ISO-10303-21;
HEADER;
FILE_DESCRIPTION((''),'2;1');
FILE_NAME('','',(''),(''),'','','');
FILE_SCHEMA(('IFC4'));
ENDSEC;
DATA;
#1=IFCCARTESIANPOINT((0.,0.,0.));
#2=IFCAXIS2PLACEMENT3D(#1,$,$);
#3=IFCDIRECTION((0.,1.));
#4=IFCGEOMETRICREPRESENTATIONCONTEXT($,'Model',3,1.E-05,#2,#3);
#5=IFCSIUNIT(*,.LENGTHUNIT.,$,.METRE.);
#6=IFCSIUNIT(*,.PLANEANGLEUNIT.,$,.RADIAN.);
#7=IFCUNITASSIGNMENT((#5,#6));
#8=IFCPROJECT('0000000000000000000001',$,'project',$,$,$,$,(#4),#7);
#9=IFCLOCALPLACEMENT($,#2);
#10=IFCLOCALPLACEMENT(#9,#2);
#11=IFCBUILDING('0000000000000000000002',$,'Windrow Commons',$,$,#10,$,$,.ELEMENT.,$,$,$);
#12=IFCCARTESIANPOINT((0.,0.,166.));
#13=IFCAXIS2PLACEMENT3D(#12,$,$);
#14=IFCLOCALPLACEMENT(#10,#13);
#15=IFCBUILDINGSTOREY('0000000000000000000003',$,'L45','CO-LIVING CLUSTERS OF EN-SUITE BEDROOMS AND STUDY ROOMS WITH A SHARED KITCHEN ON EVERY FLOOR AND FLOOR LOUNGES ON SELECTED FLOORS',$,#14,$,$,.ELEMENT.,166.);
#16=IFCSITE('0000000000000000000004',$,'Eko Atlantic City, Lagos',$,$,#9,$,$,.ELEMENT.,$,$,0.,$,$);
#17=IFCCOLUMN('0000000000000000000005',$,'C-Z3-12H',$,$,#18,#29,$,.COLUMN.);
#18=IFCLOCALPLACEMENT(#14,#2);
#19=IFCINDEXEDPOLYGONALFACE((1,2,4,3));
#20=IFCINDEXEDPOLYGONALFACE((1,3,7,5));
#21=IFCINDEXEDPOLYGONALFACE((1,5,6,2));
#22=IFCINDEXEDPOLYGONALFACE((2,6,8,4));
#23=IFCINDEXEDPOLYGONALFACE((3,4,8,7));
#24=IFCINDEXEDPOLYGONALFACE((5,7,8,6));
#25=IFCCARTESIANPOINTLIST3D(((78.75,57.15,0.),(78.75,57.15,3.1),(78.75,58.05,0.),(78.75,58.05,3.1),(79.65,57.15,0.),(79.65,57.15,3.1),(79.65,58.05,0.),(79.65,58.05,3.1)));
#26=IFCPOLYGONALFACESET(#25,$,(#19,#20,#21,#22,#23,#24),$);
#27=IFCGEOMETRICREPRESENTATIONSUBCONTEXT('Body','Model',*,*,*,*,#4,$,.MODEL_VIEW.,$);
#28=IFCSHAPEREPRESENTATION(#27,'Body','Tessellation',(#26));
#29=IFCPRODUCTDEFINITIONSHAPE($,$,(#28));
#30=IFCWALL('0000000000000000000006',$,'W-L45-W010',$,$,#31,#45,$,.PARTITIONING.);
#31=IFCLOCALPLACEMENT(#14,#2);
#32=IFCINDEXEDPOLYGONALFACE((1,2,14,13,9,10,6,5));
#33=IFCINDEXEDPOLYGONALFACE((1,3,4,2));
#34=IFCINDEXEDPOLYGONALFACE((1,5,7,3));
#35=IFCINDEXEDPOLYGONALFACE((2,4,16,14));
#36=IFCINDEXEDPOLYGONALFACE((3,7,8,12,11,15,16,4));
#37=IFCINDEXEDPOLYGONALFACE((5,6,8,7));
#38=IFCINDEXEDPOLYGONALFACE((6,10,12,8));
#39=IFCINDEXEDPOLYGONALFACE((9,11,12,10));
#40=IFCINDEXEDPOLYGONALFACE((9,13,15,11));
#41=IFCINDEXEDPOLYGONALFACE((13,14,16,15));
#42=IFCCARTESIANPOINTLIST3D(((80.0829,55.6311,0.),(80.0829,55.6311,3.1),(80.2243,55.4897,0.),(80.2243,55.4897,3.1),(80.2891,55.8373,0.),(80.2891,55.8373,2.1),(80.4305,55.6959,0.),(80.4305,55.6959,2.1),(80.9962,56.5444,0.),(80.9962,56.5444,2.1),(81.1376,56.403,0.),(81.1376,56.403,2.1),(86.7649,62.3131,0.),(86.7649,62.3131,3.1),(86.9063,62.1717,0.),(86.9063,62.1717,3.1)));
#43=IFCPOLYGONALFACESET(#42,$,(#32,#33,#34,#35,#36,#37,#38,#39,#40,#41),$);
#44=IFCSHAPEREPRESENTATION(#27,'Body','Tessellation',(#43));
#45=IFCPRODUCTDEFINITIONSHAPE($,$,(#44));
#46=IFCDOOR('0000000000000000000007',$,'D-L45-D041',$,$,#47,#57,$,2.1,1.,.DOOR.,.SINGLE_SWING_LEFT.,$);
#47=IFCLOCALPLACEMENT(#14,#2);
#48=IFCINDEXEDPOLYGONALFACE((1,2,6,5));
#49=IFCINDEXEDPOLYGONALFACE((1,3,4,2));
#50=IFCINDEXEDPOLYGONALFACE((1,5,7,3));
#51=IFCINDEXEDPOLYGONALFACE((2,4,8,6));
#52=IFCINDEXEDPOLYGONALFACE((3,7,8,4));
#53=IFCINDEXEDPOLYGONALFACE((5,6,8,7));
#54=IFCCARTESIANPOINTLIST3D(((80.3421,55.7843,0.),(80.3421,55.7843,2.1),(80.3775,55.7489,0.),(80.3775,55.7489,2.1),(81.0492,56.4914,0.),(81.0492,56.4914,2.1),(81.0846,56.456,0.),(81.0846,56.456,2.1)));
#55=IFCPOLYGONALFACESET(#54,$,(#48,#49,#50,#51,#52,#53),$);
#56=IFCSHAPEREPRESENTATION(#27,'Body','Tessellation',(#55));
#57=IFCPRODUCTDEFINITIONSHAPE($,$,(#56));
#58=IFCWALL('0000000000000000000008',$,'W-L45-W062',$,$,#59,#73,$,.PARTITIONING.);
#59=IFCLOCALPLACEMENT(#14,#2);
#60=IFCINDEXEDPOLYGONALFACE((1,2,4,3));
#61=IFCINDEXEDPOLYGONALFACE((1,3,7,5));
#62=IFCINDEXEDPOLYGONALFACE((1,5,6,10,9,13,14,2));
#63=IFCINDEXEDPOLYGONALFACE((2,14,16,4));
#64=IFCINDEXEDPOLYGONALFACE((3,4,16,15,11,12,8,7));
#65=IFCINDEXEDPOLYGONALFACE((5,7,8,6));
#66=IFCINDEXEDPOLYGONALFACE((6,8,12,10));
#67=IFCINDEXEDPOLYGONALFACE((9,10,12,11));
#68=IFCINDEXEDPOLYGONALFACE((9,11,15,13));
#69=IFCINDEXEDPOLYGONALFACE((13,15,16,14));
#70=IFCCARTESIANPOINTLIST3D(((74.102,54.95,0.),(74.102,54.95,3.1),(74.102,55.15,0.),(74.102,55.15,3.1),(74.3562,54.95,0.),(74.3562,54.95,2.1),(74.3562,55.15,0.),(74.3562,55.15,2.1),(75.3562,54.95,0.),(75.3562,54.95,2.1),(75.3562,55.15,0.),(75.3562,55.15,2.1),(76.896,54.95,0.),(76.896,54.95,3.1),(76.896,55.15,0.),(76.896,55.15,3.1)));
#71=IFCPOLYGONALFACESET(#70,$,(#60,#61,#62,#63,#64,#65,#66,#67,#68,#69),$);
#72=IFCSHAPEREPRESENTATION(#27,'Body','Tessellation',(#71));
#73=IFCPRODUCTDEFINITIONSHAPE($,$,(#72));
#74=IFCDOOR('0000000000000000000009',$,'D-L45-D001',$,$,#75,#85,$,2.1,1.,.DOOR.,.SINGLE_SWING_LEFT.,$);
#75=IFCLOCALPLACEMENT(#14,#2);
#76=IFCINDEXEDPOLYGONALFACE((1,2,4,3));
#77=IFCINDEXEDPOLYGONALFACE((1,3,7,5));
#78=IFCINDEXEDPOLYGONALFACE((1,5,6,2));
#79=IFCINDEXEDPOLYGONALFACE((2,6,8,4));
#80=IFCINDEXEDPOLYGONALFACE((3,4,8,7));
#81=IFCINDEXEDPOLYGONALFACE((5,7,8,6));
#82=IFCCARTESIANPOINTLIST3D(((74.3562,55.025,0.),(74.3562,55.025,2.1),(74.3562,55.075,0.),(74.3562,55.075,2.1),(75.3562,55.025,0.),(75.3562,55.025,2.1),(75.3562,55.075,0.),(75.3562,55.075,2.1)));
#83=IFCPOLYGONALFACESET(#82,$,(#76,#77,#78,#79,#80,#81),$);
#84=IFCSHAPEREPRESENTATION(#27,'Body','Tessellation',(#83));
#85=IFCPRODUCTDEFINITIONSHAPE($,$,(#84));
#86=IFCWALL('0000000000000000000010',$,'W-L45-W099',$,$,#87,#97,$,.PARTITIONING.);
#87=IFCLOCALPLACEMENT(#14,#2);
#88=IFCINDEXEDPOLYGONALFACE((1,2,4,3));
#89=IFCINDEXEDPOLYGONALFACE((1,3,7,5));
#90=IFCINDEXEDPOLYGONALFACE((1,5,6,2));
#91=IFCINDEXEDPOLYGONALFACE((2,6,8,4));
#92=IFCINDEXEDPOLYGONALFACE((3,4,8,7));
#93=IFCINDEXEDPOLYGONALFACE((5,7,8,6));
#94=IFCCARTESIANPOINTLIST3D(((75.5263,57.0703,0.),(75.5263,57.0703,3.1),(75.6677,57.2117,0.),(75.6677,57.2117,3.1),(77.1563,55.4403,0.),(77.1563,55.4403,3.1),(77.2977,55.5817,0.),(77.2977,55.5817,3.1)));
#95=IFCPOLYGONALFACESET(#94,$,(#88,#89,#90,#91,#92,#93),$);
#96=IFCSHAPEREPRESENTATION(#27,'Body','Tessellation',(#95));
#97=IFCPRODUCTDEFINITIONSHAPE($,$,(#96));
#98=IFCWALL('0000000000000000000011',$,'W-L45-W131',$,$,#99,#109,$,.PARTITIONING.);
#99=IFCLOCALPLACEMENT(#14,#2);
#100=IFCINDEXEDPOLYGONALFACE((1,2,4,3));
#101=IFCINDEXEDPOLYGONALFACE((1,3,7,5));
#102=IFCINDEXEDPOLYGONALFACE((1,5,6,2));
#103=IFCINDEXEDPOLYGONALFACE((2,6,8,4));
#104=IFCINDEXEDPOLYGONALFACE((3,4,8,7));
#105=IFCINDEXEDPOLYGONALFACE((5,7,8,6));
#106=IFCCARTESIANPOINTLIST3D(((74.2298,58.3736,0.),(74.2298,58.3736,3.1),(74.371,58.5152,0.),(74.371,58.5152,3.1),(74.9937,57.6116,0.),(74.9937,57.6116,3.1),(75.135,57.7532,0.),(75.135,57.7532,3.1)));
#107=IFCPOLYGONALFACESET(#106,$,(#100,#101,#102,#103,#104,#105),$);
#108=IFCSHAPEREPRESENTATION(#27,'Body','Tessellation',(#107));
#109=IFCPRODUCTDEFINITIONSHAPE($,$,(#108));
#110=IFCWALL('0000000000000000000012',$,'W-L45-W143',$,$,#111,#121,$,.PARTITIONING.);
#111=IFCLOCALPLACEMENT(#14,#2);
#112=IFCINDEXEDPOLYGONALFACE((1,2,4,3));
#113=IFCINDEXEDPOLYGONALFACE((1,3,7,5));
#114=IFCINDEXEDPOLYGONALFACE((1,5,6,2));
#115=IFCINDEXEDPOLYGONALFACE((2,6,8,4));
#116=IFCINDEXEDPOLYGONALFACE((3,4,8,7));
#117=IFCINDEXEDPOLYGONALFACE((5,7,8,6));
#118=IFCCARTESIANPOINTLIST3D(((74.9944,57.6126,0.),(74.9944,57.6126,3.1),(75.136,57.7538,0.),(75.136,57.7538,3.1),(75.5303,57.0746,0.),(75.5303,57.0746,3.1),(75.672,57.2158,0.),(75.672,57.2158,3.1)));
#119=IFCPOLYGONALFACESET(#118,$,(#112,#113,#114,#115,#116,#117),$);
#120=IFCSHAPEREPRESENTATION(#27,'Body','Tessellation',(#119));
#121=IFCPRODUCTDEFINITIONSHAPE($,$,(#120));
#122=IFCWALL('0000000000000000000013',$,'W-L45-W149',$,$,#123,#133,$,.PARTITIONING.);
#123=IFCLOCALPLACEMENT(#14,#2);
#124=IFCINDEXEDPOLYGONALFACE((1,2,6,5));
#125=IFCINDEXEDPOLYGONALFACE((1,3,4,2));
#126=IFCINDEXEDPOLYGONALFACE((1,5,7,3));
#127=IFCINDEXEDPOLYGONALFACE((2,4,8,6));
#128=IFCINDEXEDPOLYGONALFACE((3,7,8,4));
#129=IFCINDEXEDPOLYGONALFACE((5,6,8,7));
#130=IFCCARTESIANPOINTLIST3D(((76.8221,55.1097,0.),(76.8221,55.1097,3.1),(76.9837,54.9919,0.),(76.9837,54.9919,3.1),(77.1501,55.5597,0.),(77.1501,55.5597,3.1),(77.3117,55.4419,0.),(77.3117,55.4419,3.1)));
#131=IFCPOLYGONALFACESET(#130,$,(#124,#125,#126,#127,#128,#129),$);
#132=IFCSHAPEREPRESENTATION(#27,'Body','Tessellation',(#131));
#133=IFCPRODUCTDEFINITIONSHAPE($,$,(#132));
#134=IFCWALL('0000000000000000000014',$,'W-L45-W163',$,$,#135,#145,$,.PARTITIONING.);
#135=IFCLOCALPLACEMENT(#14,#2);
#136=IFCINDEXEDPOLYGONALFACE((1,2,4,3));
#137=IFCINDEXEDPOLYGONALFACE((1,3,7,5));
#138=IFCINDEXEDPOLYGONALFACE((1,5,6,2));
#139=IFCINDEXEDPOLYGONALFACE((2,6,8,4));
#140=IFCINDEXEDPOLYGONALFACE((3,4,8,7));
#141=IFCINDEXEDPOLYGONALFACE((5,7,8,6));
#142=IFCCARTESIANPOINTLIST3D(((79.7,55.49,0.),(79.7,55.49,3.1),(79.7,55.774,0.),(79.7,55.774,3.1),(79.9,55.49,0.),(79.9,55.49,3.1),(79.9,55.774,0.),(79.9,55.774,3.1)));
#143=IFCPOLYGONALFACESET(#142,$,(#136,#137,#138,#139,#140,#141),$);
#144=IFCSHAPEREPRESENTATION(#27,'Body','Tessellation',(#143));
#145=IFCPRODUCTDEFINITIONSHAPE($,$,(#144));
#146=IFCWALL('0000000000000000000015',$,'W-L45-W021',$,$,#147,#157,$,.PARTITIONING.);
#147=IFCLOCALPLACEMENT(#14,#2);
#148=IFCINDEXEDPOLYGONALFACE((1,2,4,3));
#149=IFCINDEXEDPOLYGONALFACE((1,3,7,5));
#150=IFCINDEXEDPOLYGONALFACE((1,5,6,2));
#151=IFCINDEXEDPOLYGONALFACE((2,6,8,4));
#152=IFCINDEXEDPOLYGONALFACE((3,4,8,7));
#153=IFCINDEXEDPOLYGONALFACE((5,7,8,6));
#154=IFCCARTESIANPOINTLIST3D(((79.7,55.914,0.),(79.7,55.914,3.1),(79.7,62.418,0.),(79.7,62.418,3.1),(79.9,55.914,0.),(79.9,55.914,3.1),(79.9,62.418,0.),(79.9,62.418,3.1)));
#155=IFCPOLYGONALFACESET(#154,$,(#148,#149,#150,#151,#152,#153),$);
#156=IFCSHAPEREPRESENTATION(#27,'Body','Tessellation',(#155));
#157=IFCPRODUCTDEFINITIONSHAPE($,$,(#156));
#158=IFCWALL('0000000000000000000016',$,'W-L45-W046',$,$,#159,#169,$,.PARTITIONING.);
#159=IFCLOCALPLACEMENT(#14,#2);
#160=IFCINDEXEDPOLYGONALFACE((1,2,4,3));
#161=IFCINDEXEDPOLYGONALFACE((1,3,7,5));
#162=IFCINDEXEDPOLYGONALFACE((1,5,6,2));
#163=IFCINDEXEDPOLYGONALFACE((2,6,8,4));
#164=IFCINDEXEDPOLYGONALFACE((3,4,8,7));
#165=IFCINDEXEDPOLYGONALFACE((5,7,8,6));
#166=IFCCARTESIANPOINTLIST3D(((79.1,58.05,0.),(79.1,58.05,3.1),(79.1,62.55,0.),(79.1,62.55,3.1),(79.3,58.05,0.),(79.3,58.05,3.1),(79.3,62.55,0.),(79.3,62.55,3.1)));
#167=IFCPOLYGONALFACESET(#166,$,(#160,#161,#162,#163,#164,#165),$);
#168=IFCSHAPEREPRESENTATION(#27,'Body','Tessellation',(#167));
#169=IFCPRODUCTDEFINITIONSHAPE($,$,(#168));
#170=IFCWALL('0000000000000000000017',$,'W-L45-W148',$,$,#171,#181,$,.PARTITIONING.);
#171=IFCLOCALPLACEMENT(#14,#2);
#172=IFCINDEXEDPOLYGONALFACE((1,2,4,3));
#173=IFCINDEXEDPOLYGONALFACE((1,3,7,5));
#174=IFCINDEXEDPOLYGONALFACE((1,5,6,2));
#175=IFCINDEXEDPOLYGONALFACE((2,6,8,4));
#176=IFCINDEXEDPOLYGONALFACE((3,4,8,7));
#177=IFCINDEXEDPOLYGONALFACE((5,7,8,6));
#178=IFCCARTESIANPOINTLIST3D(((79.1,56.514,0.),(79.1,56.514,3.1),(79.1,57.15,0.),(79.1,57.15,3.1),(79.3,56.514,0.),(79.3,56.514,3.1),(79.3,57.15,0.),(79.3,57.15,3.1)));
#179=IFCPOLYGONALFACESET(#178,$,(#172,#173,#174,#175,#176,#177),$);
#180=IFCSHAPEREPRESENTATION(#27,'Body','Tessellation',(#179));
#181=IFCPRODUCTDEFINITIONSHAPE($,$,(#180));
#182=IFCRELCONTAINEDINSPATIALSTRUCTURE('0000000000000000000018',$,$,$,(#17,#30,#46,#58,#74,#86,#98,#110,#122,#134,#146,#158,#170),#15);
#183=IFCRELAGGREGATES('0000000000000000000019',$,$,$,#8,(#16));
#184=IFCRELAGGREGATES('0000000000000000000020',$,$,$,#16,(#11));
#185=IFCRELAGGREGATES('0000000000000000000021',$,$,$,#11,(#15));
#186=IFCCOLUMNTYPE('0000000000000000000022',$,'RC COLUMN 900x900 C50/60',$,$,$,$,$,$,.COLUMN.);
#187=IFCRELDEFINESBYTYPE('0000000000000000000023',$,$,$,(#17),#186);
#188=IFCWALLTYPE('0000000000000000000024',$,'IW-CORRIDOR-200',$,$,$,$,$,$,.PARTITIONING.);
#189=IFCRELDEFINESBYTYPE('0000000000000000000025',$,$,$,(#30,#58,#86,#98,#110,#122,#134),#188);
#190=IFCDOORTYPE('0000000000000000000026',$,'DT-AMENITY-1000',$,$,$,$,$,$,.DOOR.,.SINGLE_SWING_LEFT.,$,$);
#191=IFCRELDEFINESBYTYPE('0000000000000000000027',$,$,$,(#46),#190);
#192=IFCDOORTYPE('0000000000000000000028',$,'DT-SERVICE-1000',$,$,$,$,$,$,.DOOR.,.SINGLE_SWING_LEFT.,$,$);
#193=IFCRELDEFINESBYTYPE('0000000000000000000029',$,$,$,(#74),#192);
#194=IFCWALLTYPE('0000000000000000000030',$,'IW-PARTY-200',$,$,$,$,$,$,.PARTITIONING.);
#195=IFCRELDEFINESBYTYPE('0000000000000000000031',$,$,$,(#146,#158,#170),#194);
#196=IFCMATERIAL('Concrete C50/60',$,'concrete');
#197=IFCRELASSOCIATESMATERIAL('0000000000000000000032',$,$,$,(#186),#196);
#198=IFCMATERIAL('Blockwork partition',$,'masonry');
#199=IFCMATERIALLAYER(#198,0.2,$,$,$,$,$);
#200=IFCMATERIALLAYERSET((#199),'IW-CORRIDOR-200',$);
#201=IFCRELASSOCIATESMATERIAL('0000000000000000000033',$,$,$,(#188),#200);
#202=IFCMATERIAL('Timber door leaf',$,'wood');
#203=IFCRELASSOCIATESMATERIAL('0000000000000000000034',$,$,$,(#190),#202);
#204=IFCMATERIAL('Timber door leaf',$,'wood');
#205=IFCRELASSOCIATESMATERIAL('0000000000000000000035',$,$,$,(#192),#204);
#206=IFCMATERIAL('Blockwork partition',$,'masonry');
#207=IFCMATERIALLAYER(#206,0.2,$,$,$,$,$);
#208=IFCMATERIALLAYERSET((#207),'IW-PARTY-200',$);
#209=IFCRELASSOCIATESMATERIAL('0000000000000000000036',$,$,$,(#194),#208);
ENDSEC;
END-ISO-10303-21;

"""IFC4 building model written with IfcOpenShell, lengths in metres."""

from ifc_helpers import new_model, si_unit, direction, frame, frame_2d, origin, origin_2d, place, context, subcontext, project, spatial, rectangle, extrude, material, layer, layer_set, material_profile, profile_set, type_object, element, fill, save


model = new_model("IFC4")

# Units and contexts
model_context = context("Model", 3, precision=1e-05, world=origin(), true_north=direction((0.0, 1.0)))
body_context = subcontext(model_context, "Body", "Model", "MODEL_VIEW")
ifc_project = project(units=[si_unit("LENGTHUNIT", "METRE"), si_unit("PLANEANGLEUNIT", "RADIAN")], contexts=[model_context])

# Site, building, storey
site_placement = place(None, origin())
site = spatial("IfcSite", under=ifc_project, at=site_placement, Name="Eko Atlantic City, Lagos", CompositionType="ELEMENT", RefElevation=0.0)
building_placement = place(site_placement, origin())
building = spatial("IfcBuilding", under=site, at=building_placement, Name="Windrow Commons", CompositionType="ELEMENT")
storey_placement = place(building_placement, frame((0.0, 0.0, 166.0)))
storey = spatial("IfcBuildingStorey", under=building, at=storey_placement, Name="L45", Description="CO-LIVING CLUSTERS OF EN-SUITE BEDROOMS AND STUDY ROOMS WITH A SHARED KITCHEN ON EVERY FLOOR AND FLOOR LOUNGES ON SELECTED FLOORS", CompositionType="ELEMENT", Elevation=166.0)

# Column
ifc_material_1 = material(Name="Concrete C50/60", Category="concrete")
ifc_material_profile = material_profile(ifc_material_1, rectangle(XDim=0.9, YDim=0.9, at=origin_2d()))
ifc_profile_set = profile_set([ifc_material_profile], Name="Concrete C50/60")
column_type = type_object("IfcColumnType", Name="RC COLUMN 900x900 C50/60", PredefinedType="COLUMN", material=ifc_profile_set)
column_placement = place(storey_placement, frame((79.2, 57.6, 0.0), z_axis=(0.0, 0.0, 1.0), x_axis=(1.0, 0.0, 0.0)))
element("IfcColumn", 1, at=column_placement, inside=storey, type_object=column_type, Name="C-Z3-12H", PredefinedType="COLUMN", context=body_context, shape_type="SweptSolid", body=[
    extrude(rectangle(XDim=0.9, YDim=0.9, at=origin_2d()), origin(), (0.0, 0.0, 1.0), 3.1),
])

# Walls, openings, doors
ifc_material_2 = material(Name="Blockwork partition", Category="masonry")
ifc_layer_1 = layer(ifc_material_2, 0.2)
ifc_layer_set_1 = layer_set([ifc_layer_1], Name="IW-CORRIDOR-200")
wall_type_1 = type_object("IfcWallType", Name="IW-CORRIDOR-200", PredefinedType="PARTITIONING", material=ifc_layer_set_1)
wall_1_placement = place(storey_placement, frame((80.1536, 55.5604, 0.0), z_axis=(0.0, 0.0, 1.0), x_axis=(0.707107, 0.707107, 0.0)))
wall_1 = element("IfcWall", 2, at=wall_1_placement, inside=storey, type_object=wall_type_1, Name="W-L45-W010", PredefinedType="PARTITIONING", context=body_context, shape_type="SweptSolid", body=[
    extrude(rectangle(XDim=9.4498, YDim=0.2, at=frame_2d((4.7249, 0.0))), origin(), (0.0, 0.0, 1.0), 3.1),
])
opening_1_placement = place(wall_1_placement, frame((0.2916, 0.0, 0.0)))
opening_1 = element("IfcOpeningElement", 3, at=opening_1_placement, cuts=wall_1, PredefinedType="OPENING", context=body_context, shape_type="SweptSolid", body=[
    extrude(rectangle(XDim=1.0, YDim=2.1, at=frame_2d((0.5, 1.05))), frame((0.0, 0.11, 0.0), z_axis=(0.0, -1.0, 0.0), x_axis=(1.0, 0.0, 0.0)), (0.0, 0.0, 1.0), 0.22),
])
ifc_material_3 = material(Name="Timber door leaf", Category="wood")
door_type_1 = type_object("IfcDoorType", Name="DT-AMENITY-1000", OperationType="SINGLE_SWING_LEFT", PredefinedType="DOOR", material=ifc_material_3)
door_1_placement = place(opening_1_placement, origin())
door_1 = element("IfcDoor", 4, at=door_1_placement, inside=storey, type_object=door_type_1, Name="D-L45-D041", OperationType="SINGLE_SWING_LEFT", OverallHeight=2.1, OverallWidth=1.0, PredefinedType="DOOR", context=body_context, shape_type="SweptSolid", body=[
    extrude(rectangle(XDim=1.0, YDim=2.1, at=frame_2d((0.5, 1.05))), frame((0.0, 0.025, 0.0), z_axis=(0.0, -1.0, 0.0), x_axis=(1.0, 0.0, 0.0)), (0.0, 0.0, 1.0), 0.05),
])
fill(opening_1, door_1)
wall_2_placement = place(storey_placement, frame((74.102, 55.05, 0.0), z_axis=(0.0, 0.0, 1.0), x_axis=(1.0, 0.0, 0.0)))
wall_2 = element("IfcWall", 5, at=wall_2_placement, inside=storey, type_object=wall_type_1, Name="W-L45-W062", PredefinedType="PARTITIONING", context=body_context, shape_type="SweptSolid", body=[
    extrude(rectangle(XDim=2.794, YDim=0.2, at=frame_2d((1.397, 0.0))), origin(), (0.0, 0.0, 1.0), 3.1),
])
opening_2_placement = place(wall_2_placement, frame((0.2542, 0.0, 0.0)))
opening_2 = element("IfcOpeningElement", 6, at=opening_2_placement, cuts=wall_2, PredefinedType="OPENING", context=body_context, shape_type="SweptSolid", body=[
    extrude(rectangle(XDim=1.0, YDim=2.1, at=frame_2d((0.5, 1.05))), frame((0.0, 0.11, 0.0), z_axis=(0.0, -1.0, 0.0), x_axis=(1.0, 0.0, 0.0)), (0.0, 0.0, 1.0), 0.22),
])
ifc_material_4 = material(Name="Timber door leaf", Category="wood")
door_type_2 = type_object("IfcDoorType", Name="DT-SERVICE-1000", OperationType="SINGLE_SWING_LEFT", PredefinedType="DOOR", material=ifc_material_4)
door_2_placement = place(opening_2_placement, origin())
door_2 = element("IfcDoor", 7, at=door_2_placement, inside=storey, type_object=door_type_2, Name="D-L45-D001", OperationType="SINGLE_SWING_LEFT", OverallHeight=2.1, OverallWidth=1.0, PredefinedType="DOOR", context=body_context, shape_type="SweptSolid", body=[
    extrude(rectangle(XDim=1.0, YDim=2.1, at=frame_2d((0.5, 1.05))), frame((0.0, 0.025, 0.0), z_axis=(0.0, -1.0, 0.0), x_axis=(1.0, 0.0, 0.0)), (0.0, 0.0, 1.0), 0.05),
])
fill(opening_2, door_2)

# Walls
wall_3_placement = place(storey_placement, frame((75.597, 57.141, 0.0), z_axis=(0.0, 0.0, 1.0), x_axis=(0.707107, -0.707107, 0.0)))
element("IfcWall", 8, at=wall_3_placement, inside=storey, type_object=wall_type_1, Name="W-L45-W099", PredefinedType="PARTITIONING", context=body_context, shape_type="SweptSolid", body=[
    extrude(rectangle(XDim=2.3052, YDim=0.2, at=frame_2d((1.1526, 0.0))), origin(), (0.0, 0.0, 1.0), 3.1),
])
wall_4_placement = place(storey_placement, frame((74.3004, 58.4444, 0.0), z_axis=(0.0, 0.0, 1.0), x_axis=(0.708033, -0.706179, 0.0)))
element("IfcWall", 9, at=wall_4_placement, inside=storey, type_object=wall_type_1, Name="W-L45-W131", PredefinedType="PARTITIONING", context=body_context, shape_type="SweptSolid", body=[
    extrude(rectangle(XDim=1.079, YDim=0.2, at=frame_2d((0.5395, 0.0))), origin(), (0.0, 0.0, 1.0), 3.1),
])
wall_5_placement = place(storey_placement, frame((75.0652, 57.6832, 0.0), z_axis=(0.0, 0.0, 1.0), x_axis=(0.705789, -0.708422, 0.0)))
element("IfcWall", 10, at=wall_5_placement, inside=storey, type_object=wall_type_1, Name="W-L45-W143", PredefinedType="PARTITIONING", context=body_context, shape_type="SweptSolid", body=[
    extrude(rectangle(XDim=0.7594, YDim=0.2, at=frame_2d((0.3797, 0.0))), origin(), (0.0, 0.0, 1.0), 3.1),
])
wall_6_placement = place(storey_placement, frame((76.9029, 55.0508, 0.0), z_axis=(0.0, 0.0, 1.0), x_axis=(0.589026, 0.808114, 0.0)))
element("IfcWall", 11, at=wall_6_placement, inside=storey, type_object=wall_type_1, Name="W-L45-W149", PredefinedType="PARTITIONING", context=body_context, shape_type="SweptSolid", body=[
    extrude(rectangle(XDim=0.5569, YDim=0.2, at=frame_2d((0.2784, 0.0))), origin(), (0.0, 0.0, 1.0), 3.1),
])
wall_7_placement = place(storey_placement, frame((79.8, 55.49, 0.0), z_axis=(0.0, 0.0, 1.0), x_axis=(0.0, 1.0, 0.0)))
element("IfcWall", 12, at=wall_7_placement, inside=storey, type_object=wall_type_1, Name="W-L45-W163", PredefinedType="PARTITIONING", context=body_context, shape_type="SweptSolid", body=[
    extrude(rectangle(XDim=0.284, YDim=0.2, at=frame_2d((0.142, 0.0))), origin(), (0.0, 0.0, 1.0), 3.1),
])
ifc_material_5 = material(Name="Blockwork partition", Category="masonry")
ifc_layer_2 = layer(ifc_material_5, 0.2)
ifc_layer_set_2 = layer_set([ifc_layer_2], Name="IW-PARTY-200")
wall_type_2 = type_object("IfcWallType", Name="IW-PARTY-200", PredefinedType="PARTITIONING", material=ifc_layer_set_2)
wall_8_placement = place(storey_placement, frame((79.8, 55.914, 0.0), z_axis=(0.0, 0.0, 1.0), x_axis=(0.0, 1.0, 0.0)))
element("IfcWall", 13, at=wall_8_placement, inside=storey, type_object=wall_type_2, Name="W-L45-W021", PredefinedType="PARTITIONING", context=body_context, shape_type="SweptSolid", body=[
    extrude(rectangle(XDim=6.504, YDim=0.2, at=frame_2d((3.252, 0.0))), origin(), (0.0, 0.0, 1.0), 3.1),
])
wall_9_placement = place(storey_placement, frame((79.2, 58.05, 0.0), z_axis=(0.0, 0.0, 1.0), x_axis=(0.0, 1.0, 0.0)))
element("IfcWall", 14, at=wall_9_placement, inside=storey, type_object=wall_type_2, Name="W-L45-W046", PredefinedType="PARTITIONING", context=body_context, shape_type="SweptSolid", body=[
    extrude(rectangle(XDim=4.5, YDim=0.2, at=frame_2d((2.25, 0.0))), origin(), (0.0, 0.0, 1.0), 3.1),
])
wall_10_placement = place(storey_placement, frame((79.2, 56.514, 0.0), z_axis=(0.0, 0.0, 1.0), x_axis=(0.0, 1.0, 0.0)))
element("IfcWall", 15, at=wall_10_placement, inside=storey, type_object=wall_type_2, Name="W-L45-W148", PredefinedType="PARTITIONING", context=body_context, shape_type="SweptSolid", body=[
    extrude(rectangle(XDim=0.636, YDim=0.2, at=frame_2d((0.318, 0.0))), origin(), (0.0, 0.0, 1.0), 3.1),
])

save(model, "model.ifc")
